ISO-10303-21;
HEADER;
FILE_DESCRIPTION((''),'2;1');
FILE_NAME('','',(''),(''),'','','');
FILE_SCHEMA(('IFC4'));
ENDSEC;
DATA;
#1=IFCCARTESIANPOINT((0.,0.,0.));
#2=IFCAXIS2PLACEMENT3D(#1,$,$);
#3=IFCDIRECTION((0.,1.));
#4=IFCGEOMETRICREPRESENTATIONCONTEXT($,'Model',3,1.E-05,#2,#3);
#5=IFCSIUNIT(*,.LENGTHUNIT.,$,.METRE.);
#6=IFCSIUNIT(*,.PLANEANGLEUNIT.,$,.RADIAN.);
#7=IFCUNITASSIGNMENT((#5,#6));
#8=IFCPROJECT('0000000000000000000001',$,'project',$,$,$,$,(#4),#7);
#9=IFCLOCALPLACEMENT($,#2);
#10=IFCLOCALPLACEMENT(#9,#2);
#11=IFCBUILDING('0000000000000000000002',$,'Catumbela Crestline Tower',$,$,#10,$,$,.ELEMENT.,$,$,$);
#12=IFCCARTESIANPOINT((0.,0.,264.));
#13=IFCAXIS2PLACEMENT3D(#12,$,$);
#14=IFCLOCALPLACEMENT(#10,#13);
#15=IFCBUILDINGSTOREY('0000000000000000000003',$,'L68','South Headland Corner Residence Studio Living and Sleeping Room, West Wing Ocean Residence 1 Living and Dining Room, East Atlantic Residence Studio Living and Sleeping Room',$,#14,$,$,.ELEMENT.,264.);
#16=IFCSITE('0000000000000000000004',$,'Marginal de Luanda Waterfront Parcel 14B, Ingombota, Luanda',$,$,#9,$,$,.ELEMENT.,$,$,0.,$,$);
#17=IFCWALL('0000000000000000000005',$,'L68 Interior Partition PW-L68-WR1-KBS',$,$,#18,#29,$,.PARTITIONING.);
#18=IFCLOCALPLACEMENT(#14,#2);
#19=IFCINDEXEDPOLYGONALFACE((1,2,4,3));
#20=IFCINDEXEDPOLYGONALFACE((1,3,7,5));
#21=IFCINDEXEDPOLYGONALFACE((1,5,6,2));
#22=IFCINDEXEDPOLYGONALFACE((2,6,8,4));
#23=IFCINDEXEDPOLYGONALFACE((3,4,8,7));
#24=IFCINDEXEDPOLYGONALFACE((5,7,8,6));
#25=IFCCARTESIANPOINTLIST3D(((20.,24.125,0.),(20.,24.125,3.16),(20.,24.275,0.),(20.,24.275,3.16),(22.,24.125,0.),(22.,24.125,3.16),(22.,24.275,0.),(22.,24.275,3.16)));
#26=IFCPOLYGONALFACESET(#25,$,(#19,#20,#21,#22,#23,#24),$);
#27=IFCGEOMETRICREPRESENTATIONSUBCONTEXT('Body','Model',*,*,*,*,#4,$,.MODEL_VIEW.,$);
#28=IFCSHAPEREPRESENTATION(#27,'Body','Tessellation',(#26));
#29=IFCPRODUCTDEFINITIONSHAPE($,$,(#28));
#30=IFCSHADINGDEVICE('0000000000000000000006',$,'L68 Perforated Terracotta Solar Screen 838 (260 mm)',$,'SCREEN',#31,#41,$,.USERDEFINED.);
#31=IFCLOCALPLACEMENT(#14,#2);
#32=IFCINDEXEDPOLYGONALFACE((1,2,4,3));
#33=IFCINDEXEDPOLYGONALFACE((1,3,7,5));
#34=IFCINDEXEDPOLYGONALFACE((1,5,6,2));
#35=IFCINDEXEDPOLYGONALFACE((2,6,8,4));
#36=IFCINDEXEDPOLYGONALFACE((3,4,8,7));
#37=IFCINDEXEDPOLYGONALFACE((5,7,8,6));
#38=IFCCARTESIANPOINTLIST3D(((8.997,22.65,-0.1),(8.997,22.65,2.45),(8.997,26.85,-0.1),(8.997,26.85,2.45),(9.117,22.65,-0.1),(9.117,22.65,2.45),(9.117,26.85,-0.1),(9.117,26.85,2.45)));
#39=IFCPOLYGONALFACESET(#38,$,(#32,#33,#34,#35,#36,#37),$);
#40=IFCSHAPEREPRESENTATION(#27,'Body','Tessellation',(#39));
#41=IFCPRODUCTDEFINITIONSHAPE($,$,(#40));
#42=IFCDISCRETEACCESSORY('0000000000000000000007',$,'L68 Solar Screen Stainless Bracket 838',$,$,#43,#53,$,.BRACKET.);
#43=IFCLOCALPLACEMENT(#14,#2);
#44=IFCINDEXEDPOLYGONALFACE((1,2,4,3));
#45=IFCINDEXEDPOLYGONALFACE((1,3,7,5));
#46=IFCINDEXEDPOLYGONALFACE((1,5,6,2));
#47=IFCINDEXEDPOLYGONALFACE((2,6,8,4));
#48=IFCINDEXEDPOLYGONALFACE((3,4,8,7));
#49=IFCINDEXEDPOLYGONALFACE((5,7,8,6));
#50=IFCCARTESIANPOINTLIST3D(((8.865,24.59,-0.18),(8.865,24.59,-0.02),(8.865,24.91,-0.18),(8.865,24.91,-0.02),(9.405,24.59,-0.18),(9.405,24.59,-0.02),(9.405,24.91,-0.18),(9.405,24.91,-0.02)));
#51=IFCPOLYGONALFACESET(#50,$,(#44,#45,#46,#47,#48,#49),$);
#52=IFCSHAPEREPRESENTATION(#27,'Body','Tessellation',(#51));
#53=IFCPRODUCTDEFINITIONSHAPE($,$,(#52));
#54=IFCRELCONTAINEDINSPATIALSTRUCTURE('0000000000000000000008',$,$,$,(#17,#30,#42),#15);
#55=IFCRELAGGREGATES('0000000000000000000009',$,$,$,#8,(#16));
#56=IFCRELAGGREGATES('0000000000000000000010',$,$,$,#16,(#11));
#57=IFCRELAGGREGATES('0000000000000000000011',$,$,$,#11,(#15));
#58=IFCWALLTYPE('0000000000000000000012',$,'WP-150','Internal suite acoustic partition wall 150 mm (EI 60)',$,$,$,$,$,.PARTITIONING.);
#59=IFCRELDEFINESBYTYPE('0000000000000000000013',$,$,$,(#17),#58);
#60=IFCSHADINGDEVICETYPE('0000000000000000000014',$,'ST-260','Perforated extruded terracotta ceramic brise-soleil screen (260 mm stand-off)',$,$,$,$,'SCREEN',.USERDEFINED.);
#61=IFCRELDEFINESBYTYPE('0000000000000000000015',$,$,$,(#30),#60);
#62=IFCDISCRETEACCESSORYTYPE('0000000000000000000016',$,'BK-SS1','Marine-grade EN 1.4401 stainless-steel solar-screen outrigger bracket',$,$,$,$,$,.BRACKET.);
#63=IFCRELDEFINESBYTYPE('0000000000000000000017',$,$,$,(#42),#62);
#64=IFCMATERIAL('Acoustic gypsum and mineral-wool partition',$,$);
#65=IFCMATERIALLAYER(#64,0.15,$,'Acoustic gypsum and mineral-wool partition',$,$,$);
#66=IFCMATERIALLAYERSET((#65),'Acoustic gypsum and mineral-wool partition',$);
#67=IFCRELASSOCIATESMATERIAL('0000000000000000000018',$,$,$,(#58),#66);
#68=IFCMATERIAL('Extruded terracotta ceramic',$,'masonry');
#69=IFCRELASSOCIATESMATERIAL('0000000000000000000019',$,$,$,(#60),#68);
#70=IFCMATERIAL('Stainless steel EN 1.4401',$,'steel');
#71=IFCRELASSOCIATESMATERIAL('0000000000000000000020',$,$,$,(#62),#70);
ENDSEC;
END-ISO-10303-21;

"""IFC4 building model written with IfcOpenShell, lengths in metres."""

from ifc_helpers import new_model, si_unit, direction, frame, frame_2d, origin, origin_2d, place, context, subcontext, project, spatial, rectangle, extrude, material, layer, layer_set, type_object, element, save


model = new_model("IFC4")

# Units and contexts
model_context = context("Model", 3, precision=1e-05, world=origin(), true_north=direction((0.0, 1.0)))
body_context = subcontext(model_context, "Body", "Model", "MODEL_VIEW")
ifc_project = project(units=[si_unit("LENGTHUNIT", "METRE"), si_unit("PLANEANGLEUNIT", "RADIAN")], contexts=[model_context])

# Site, building, storey
site_placement = place(None, origin())
site = spatial("IfcSite", under=ifc_project, at=site_placement, Name="Marginal de Luanda Waterfront Parcel 14B, Ingombota, Luanda", CompositionType="ELEMENT", RefElevation=0.0)
building_placement = place(site_placement, origin())
building = spatial("IfcBuilding", under=site, at=building_placement, Name="Catumbela Crestline Tower", CompositionType="ELEMENT")
storey_placement = place(building_placement, frame((0.0, 0.0, 264.0)))
storey = spatial("IfcBuildingStorey", under=building, at=storey_placement, Name="L68", Description="South Headland Corner Residence Studio Living and Sleeping Room, West Wing Ocean Residence 1 Living and Dining Room, East Atlantic Residence Studio Living and Sleeping Room", CompositionType="ELEMENT", Elevation=264.0)

# Shared definitions
ifc_material_1 = material(Name="Acoustic gypsum and mineral-wool partition")
ifc_layer_1 = layer(ifc_material_1, 0.15, Name="Acoustic gypsum and mineral-wool partition")
ifc_layer_set_1 = layer_set([ifc_layer_1], Name="Acoustic gypsum and mineral-wool partition")
wall_type = type_object("IfcWallType", Name="WP-150", Description="Internal suite acoustic partition wall 150 mm (EI 60)", PredefinedType="PARTITIONING", material=ifc_layer_set_1)

# Wall
wall_1_placement = place(storey_placement, frame((20.0, 24.2, 0.0), z_axis=(0.0, 0.0, 1.0), x_axis=(1.0, 0.0, 0.0)))
element("IfcWall", 1, at=wall_1_placement, inside=storey, type_object=wall_type, Name="L68 Interior Partition PW-L68-WR1-KBS", PredefinedType="PARTITIONING", context=body_context, shape_type="SweptSolid", body=[
    extrude(rectangle(XDim=2.0, YDim=0.15, at=frame_2d((1.0, 0.0))), origin(), (0.0, 0.0, 1.0), 3.16),
])

# Shading device
ifc_material_2 = material(Name="Extruded terracotta ceramic", Category="masonry")
shading_device_type = type_object("IfcShadingDeviceType", Name="ST-260", Description="Perforated extruded terracotta ceramic brise-soleil screen (260 mm stand-off)", ElementType="SCREEN", PredefinedType="USERDEFINED", material=ifc_material_2)
shading_device_placement = place(storey_placement, frame((9.057, 24.75, -0.1), z_axis=(0.0, 0.0, 1.0), x_axis=(0.0, -1.0, 0.0)))
element("IfcShadingDevice", 2, at=shading_device_placement, inside=storey, type_object=shading_device_type, Name="L68 Perforated Terracotta Solar Screen 838 (260 mm)", ObjectType="SCREEN", PredefinedType="USERDEFINED", context=body_context, shape_type="SweptSolid", body=[
    extrude(rectangle(XDim=4.2, YDim=0.12, at=origin_2d()), origin(), (0.0, 0.0, 1.0), 2.55),
])

# Discrete accessory
ifc_material_3 = material(Name="Stainless steel EN 1.4401", Category="steel")
discrete_accessory_type = type_object("IfcDiscreteAccessoryType", Name="BK-SS1", Description="Marine-grade EN 1.4401 stainless-steel solar-screen outrigger bracket", PredefinedType="BRACKET", material=ifc_material_3)
discrete_accessory_placement = place(storey_placement, frame((9.135, 24.75, -0.18), z_axis=(0.0, 0.0, 1.0), x_axis=(0.0, -1.0, 0.0)))
element("IfcDiscreteAccessory", 3, at=discrete_accessory_placement, inside=storey, type_object=discrete_accessory_type, Name="L68 Solar Screen Stainless Bracket 838", PredefinedType="BRACKET", context=body_context, shape_type="SweptSolid", body=[
    extrude(rectangle(XDim=0.32, YDim=0.54, at=origin_2d()), origin(), (0.0, 0.0, 1.0), 0.16),
])

save(model, "model.ifc")
